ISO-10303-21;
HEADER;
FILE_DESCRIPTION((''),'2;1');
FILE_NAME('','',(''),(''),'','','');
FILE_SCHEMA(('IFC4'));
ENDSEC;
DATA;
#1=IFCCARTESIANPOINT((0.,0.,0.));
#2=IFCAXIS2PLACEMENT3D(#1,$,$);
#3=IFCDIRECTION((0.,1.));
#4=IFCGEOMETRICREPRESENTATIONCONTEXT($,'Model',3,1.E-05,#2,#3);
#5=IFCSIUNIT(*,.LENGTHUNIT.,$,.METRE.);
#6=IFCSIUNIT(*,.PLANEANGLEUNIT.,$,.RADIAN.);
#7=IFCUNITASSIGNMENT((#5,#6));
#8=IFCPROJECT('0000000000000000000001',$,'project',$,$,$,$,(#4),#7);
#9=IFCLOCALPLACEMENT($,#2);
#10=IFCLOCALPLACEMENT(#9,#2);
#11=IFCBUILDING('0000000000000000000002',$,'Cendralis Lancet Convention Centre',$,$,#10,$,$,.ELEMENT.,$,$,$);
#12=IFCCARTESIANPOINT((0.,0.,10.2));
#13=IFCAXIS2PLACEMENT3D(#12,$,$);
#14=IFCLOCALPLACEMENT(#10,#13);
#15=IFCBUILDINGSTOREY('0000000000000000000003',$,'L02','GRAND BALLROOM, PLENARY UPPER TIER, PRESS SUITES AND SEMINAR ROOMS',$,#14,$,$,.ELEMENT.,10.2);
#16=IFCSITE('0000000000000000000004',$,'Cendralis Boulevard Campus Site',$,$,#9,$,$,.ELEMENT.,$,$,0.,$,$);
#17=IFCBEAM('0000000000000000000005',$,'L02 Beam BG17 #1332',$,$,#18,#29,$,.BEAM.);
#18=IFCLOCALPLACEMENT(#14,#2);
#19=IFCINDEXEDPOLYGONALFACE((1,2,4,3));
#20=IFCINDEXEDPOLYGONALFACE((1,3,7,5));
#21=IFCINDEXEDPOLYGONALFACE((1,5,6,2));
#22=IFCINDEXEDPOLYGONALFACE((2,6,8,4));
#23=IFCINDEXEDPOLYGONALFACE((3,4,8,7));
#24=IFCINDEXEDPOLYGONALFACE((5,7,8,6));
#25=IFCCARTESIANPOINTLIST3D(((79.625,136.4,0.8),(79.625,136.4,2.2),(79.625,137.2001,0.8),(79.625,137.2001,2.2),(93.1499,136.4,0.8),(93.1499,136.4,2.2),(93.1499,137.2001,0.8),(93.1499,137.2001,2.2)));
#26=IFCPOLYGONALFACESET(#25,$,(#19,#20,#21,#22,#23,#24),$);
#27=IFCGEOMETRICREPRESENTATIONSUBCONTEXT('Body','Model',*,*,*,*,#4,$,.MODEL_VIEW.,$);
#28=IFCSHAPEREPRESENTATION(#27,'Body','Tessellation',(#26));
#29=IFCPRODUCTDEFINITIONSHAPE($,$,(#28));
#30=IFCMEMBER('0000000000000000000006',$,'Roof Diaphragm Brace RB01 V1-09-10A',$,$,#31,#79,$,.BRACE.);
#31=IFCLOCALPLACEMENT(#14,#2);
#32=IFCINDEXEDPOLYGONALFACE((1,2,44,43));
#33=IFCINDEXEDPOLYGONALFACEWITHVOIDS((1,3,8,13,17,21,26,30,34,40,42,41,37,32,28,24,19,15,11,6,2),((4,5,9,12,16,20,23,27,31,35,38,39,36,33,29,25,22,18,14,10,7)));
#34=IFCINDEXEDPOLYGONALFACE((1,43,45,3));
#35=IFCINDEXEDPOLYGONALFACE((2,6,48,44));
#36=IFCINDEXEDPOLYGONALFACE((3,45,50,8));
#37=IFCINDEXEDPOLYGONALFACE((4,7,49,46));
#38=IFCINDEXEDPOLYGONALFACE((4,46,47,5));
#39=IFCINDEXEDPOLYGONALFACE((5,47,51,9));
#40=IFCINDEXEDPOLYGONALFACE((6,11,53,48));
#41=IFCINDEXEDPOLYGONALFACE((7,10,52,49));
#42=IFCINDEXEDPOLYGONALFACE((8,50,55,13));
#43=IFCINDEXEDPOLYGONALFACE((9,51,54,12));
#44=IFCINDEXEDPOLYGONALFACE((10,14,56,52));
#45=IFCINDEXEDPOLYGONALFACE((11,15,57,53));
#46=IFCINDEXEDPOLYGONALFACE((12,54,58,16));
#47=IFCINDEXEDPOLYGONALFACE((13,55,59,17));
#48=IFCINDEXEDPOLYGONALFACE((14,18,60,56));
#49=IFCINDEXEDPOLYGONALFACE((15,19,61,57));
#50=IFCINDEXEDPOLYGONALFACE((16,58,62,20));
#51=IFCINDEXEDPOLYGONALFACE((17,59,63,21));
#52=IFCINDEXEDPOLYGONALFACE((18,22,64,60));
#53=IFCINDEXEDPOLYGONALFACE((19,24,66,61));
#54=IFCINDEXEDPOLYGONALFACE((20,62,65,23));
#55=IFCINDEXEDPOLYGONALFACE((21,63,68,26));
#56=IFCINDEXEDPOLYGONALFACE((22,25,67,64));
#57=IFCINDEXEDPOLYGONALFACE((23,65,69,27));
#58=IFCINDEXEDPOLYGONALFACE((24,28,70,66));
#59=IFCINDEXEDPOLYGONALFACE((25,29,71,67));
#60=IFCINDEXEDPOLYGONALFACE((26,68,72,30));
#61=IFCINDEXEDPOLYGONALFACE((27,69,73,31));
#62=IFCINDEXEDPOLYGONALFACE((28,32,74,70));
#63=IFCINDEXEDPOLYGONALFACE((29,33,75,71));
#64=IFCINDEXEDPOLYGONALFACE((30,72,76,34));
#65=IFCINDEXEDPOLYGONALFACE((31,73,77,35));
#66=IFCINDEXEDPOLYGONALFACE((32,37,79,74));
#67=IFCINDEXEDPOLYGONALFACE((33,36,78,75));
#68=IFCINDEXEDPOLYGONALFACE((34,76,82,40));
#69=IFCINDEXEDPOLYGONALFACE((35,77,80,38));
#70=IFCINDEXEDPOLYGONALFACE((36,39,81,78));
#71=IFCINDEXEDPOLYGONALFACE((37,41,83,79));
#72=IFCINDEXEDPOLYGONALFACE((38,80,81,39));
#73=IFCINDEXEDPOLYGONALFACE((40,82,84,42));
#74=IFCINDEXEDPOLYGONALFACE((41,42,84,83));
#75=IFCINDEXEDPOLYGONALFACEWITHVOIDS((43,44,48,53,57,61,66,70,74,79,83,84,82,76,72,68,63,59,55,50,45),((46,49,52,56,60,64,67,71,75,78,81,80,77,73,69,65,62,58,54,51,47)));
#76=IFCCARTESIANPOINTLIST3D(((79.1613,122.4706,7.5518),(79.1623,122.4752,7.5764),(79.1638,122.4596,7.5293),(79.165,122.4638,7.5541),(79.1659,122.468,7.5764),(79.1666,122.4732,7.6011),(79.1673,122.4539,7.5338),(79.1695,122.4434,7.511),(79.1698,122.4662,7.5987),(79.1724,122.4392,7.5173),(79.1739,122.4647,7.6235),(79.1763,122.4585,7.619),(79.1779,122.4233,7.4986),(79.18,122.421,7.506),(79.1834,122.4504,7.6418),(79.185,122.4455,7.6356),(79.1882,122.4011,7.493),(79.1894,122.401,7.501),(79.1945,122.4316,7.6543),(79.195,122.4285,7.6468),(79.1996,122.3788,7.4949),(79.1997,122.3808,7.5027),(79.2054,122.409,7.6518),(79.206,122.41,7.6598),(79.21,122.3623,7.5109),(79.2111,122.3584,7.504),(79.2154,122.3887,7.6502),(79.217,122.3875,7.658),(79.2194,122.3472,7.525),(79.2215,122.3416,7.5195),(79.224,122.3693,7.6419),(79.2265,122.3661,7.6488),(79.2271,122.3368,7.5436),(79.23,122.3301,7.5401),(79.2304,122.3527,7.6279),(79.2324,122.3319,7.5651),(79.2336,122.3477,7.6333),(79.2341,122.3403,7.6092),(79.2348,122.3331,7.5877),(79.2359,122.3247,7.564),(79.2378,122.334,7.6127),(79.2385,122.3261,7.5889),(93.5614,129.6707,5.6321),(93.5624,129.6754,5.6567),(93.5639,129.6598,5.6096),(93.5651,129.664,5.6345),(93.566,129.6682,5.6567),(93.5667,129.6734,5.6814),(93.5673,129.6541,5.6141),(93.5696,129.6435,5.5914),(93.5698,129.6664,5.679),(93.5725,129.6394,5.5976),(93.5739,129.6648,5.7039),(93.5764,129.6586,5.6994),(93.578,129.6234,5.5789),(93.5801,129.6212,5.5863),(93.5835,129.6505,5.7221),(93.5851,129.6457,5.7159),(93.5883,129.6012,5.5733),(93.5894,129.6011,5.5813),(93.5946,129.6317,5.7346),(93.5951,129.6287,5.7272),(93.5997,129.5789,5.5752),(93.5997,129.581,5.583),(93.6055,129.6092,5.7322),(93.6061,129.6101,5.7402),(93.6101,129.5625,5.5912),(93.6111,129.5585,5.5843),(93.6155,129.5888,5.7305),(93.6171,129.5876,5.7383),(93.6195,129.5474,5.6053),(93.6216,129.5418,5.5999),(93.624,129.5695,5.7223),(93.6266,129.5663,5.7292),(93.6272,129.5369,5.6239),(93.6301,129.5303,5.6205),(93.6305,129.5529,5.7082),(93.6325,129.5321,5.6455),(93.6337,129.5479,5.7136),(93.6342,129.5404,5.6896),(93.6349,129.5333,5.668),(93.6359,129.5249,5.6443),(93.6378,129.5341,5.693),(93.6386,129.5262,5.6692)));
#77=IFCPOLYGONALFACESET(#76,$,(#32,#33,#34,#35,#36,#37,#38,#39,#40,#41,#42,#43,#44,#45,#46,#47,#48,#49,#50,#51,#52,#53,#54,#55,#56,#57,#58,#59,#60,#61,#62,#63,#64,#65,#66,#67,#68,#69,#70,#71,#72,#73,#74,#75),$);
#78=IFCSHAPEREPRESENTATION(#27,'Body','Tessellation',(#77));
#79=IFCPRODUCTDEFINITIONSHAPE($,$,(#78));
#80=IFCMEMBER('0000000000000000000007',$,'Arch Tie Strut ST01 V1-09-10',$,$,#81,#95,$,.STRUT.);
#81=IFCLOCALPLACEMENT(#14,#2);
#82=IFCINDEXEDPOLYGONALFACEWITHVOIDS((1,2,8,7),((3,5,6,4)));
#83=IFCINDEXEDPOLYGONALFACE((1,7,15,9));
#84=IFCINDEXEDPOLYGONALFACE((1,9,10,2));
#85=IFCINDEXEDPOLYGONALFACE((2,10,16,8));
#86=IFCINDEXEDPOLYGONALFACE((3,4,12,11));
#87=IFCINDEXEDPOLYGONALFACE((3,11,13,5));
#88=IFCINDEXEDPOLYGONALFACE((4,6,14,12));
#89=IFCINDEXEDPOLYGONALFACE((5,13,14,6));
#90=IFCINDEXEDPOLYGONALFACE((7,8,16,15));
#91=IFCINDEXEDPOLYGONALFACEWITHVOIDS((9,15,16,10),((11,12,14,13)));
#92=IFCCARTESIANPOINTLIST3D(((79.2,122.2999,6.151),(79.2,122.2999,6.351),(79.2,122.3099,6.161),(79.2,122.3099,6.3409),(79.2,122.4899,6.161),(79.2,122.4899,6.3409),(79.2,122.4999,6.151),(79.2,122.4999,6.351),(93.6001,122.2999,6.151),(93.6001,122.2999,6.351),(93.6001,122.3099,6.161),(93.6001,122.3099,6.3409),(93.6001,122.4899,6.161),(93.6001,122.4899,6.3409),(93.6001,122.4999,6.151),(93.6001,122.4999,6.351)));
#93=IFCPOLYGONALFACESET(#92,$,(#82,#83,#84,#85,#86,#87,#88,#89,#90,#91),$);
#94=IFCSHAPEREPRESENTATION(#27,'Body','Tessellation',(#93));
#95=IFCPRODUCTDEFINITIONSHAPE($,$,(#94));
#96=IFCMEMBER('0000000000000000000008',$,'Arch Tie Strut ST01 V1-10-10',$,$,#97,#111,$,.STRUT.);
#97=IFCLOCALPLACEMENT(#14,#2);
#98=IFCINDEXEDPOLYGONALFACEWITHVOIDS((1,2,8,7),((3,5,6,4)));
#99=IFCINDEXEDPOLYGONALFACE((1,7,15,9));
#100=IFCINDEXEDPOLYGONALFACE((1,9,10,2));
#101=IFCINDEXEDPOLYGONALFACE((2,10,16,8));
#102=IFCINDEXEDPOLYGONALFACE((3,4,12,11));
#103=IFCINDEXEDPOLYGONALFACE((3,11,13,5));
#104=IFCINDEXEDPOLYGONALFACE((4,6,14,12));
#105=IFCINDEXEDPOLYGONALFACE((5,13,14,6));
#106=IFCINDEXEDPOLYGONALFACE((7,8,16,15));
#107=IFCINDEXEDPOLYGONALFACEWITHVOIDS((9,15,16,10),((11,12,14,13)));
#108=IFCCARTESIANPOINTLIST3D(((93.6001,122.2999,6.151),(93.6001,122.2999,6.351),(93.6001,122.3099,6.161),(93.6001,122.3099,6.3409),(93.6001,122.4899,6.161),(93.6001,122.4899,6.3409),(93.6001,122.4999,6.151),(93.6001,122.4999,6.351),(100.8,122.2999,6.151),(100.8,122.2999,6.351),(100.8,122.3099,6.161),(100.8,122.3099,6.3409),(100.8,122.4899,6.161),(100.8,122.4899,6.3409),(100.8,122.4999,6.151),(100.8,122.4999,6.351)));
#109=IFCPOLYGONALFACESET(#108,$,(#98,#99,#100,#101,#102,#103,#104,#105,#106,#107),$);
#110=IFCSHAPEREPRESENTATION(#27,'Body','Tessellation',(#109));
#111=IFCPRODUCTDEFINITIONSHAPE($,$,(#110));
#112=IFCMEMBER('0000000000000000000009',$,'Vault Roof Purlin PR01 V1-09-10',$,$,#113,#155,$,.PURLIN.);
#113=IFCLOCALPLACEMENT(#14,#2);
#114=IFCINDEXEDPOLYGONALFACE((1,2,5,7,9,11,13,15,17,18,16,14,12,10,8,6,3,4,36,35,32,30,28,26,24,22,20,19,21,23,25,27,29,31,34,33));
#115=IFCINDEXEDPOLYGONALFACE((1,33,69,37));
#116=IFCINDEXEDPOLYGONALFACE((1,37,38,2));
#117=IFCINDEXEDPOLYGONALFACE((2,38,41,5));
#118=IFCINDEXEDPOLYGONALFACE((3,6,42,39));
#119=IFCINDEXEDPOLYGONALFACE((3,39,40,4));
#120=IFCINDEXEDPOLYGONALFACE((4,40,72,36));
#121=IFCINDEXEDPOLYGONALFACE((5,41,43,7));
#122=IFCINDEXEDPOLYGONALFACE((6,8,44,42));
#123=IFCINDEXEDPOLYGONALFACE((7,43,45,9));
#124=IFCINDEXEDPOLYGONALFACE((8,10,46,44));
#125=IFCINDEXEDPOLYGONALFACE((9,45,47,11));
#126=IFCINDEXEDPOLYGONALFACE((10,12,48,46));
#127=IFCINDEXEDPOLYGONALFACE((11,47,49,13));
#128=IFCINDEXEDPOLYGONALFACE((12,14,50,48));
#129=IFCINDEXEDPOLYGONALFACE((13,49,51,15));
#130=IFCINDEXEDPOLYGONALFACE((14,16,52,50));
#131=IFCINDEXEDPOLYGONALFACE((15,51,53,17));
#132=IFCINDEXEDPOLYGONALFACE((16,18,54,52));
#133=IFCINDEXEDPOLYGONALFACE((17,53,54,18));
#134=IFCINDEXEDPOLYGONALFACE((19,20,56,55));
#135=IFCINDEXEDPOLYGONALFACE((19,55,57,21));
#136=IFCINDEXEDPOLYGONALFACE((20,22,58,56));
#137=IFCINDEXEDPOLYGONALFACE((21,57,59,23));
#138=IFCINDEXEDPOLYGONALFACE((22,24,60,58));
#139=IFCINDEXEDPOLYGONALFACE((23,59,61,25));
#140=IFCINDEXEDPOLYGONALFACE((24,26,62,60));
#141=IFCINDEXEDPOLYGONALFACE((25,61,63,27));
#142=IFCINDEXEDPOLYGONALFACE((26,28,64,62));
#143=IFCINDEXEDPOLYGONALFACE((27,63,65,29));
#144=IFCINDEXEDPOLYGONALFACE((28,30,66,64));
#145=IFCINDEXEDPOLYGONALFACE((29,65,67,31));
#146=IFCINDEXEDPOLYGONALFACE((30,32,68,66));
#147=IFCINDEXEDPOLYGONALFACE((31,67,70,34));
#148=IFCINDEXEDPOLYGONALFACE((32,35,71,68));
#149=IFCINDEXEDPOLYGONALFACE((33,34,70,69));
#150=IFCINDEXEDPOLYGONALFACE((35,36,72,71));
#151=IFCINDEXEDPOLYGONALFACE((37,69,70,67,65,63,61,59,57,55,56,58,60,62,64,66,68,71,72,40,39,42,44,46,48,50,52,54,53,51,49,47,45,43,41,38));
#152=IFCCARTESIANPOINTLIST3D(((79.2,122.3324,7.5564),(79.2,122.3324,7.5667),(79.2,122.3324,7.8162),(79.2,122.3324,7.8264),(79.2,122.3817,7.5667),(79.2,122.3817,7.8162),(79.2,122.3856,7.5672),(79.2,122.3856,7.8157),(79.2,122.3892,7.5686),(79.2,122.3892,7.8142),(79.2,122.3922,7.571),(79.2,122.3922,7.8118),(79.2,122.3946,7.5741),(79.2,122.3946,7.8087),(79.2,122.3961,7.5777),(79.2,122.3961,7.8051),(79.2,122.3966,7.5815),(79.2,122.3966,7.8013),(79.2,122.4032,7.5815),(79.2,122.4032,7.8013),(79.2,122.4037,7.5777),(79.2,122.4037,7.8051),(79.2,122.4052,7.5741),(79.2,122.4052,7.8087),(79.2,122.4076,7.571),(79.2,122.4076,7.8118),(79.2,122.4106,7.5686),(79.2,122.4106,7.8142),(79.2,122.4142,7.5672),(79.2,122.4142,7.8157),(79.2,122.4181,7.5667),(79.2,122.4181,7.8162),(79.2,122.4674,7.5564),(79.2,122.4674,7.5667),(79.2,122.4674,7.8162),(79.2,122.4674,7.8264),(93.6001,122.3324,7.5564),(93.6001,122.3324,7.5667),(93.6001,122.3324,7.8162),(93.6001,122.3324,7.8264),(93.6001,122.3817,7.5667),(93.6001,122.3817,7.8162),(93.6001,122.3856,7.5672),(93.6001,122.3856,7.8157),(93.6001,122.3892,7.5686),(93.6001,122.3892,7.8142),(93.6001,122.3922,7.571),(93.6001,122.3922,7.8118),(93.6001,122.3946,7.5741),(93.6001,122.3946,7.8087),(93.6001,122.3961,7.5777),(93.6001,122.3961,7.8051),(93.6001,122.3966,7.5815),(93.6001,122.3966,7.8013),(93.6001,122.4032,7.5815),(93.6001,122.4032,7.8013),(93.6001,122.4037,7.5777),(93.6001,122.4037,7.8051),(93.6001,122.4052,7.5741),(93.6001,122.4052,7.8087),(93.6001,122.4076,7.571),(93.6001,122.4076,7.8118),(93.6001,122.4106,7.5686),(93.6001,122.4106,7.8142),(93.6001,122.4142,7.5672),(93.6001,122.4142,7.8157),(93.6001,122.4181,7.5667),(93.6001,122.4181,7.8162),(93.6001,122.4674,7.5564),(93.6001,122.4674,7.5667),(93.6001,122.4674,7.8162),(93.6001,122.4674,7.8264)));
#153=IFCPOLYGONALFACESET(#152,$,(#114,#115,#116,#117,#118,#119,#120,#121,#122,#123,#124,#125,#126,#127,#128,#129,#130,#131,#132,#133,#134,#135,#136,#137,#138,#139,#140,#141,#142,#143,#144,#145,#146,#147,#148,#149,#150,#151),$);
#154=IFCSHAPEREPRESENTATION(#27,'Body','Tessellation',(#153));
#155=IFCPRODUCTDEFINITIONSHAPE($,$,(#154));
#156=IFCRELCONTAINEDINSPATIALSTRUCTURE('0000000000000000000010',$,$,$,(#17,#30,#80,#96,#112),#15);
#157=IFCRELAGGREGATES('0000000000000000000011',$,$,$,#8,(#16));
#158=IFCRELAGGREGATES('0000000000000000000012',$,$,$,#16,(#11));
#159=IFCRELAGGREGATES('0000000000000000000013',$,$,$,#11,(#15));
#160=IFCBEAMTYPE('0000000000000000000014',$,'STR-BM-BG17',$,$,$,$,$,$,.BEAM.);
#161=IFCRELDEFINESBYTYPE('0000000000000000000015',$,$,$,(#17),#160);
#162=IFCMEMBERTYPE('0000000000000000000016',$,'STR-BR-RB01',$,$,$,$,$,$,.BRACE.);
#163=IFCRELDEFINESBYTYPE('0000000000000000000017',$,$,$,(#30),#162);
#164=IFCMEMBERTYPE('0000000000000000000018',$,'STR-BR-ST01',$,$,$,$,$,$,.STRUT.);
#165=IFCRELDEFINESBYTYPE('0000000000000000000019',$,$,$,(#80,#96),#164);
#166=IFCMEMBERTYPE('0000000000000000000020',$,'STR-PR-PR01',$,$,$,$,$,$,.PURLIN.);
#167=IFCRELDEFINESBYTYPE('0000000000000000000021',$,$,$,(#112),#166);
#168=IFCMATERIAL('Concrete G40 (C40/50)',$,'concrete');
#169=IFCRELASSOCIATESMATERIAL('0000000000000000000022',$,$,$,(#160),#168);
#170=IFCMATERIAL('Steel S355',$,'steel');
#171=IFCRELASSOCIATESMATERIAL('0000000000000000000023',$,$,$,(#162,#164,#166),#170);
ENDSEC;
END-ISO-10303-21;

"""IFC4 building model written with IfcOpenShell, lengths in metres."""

from ifc_helpers import new_model, si_unit, direction, frame, origin, origin_2d, place, context, subcontext, project, spatial, rectangle, hollow_rectangle, hollow_circle, i_section, extrude, material, material_profile, profile_set, type_object, element, save


model = new_model("IFC4")

# Units and contexts
model_context = context("Model", 3, precision=1e-05, world=origin(), true_north=direction((0.0, 1.0)))
body_context = subcontext(model_context, "Body", "Model", "MODEL_VIEW")
ifc_project = project(units=[si_unit("LENGTHUNIT", "METRE"), si_unit("PLANEANGLEUNIT", "RADIAN")], contexts=[model_context])

# Site, building, storey
site_placement = place(None, origin())
site = spatial("IfcSite", under=ifc_project, at=site_placement, Name="Cendralis Boulevard Campus Site", CompositionType="ELEMENT", RefElevation=0.0)
building_placement = place(site_placement, origin())
building = spatial("IfcBuilding", under=site, at=building_placement, Name="Cendralis Lancet Convention Centre", CompositionType="ELEMENT")
storey_placement = place(building_placement, frame((0.0, 0.0, 10.2)))
storey = spatial("IfcBuildingStorey", under=building, at=storey_placement, Name="L02", Description="GRAND BALLROOM, PLENARY UPPER TIER, PRESS SUITES AND SEMINAR ROOMS", CompositionType="ELEMENT", Elevation=10.2)

# Beam
ifc_material_1 = material(Name="Concrete G40 (C40/50)", Category="concrete")
ifc_material_profile_1 = material_profile(ifc_material_1, rectangle(XDim=0.8, YDim=1.3999, at=origin_2d()), Name="RCB 800x1400")
ifc_profile_set_1 = profile_set([ifc_material_profile_1], Name="Concrete G40 (C40/50)")
beam_type = type_object("IfcBeamType", Name="STR-BM-BG17", PredefinedType="BEAM", material=ifc_profile_set_1)
beam_placement = place(storey_placement, frame((79.625, 136.8, 1.5), z_axis=(1.0, 0.0, 0.0), x_axis=(0.0, 1.0, 0.0)))
element("IfcBeam", 1, at=beam_placement, inside=storey, type_object=beam_type, Name="L02 Beam BG17 #1332", PredefinedType="BEAM", context=body_context, shape_type="SweptSolid", body=[
    extrude(rectangle(XDim=0.8, YDim=1.3999, at=origin_2d()), origin(), (0.0, 0.0, 1.0), 13.5249),
])

# Members
ifc_material_2 = material(Name="Steel S355", Category="steel")
ifc_material_profile_2 = material_profile(ifc_material_2, hollow_circle(Radius=0.0842, WallThickness=0.0081, at=origin_2d()), Name="CHS 168.3x8.0")
ifc_profile_set_2 = profile_set([ifc_material_profile_2], Name="Steel S355")
member_type_1 = type_object("IfcMemberType", Name="STR-BR-RB01", PredefinedType="BRACE", material=ifc_profile_set_2)
member_1_placement = place(storey_placement, frame((79.2, 122.3999, 7.5764), z_axis=(0.888133, 0.444074, -0.118397), x_axis=(-0.44722, 0.894424, 0.0)))
element("IfcMember", 2, at=member_1_placement, inside=storey, type_object=member_type_1, Name="Roof Diaphragm Brace RB01 V1-09-10A", PredefinedType="BRACE", context=body_context, shape_type="SweptSolid", body=[
    extrude(hollow_circle(Radius=0.0842, WallThickness=0.0081, at=origin_2d()), origin(), (0.0, 0.0, 1.0), 16.2139),
])
ifc_material_profile_3 = material_profile(ifc_material_2, hollow_rectangle(XDim=0.2, YDim=0.2, WallThickness=0.01, at=origin_2d()), Name="SHS 200x200x10.0")
ifc_profile_set_3 = profile_set([ifc_material_profile_3], Name="Steel S355")
member_type_2 = type_object("IfcMemberType", Name="STR-BR-ST01", PredefinedType="STRUT", material=ifc_profile_set_3)
member_2_placement = place(storey_placement, frame((79.2, 122.3999, 6.251), z_axis=(1.0, 0.0, 0.0), x_axis=(0.0, 1.0, 0.0)))
element("IfcMember", 3, at=member_2_placement, inside=storey, type_object=member_type_2, Name="Arch Tie Strut ST01 V1-09-10", PredefinedType="STRUT", context=body_context, shape_type="SweptSolid", body=[
    extrude(hollow_rectangle(XDim=0.2, YDim=0.2, WallThickness=0.01, at=origin_2d()), origin(), (0.0, 0.0, 1.0), 14.4001),
])
member_3_placement = place(storey_placement, frame((93.6001, 122.3999, 6.251), z_axis=(1.0, 0.0, 0.0), x_axis=(0.0, 1.0, 0.0)))
element("IfcMember", 4, at=member_3_placement, inside=storey, type_object=member_type_2, Name="Arch Tie Strut ST01 V1-10-10", PredefinedType="STRUT", context=body_context, shape_type="SweptSolid", body=[
    extrude(hollow_rectangle(XDim=0.2, YDim=0.2, WallThickness=0.01, at=origin_2d()), origin(), (0.0, 0.0, 1.0), 7.2),
])
ifc_material_profile_4 = material_profile(ifc_material_2, i_section(OverallWidth=0.135, OverallDepth=0.27, WebThickness=0.0066, FlangeThickness=0.0103, FilletRadius=0.0149, at=origin_2d()), Name="IPE 270")
ifc_profile_set_4 = profile_set([ifc_material_profile_4], Name="Steel S355")
member_type_3 = type_object("IfcMemberType", Name="STR-PR-PR01", PredefinedType="PURLIN", material=ifc_profile_set_4)
for number, where, z_axis, x_axis, name in (
    (5, (79.2, 122.3999, 7.6914), (1.0, 0.0, 0.0), (0.0, 1.0, 0.0), "Vault Roof Purlin PR01 V1-09-10"),
):
    element("IfcMember", number, at=place(storey_placement, frame(where, z_axis=z_axis, x_axis=x_axis)), inside=storey, type_object=member_type_3, Name=name, PredefinedType="PURLIN", context=body_context, shape_type="SweptSolid", body=[
        extrude(i_section(OverallWidth=0.135, OverallDepth=0.27, WebThickness=0.0066, FlangeThickness=0.0103, FilletRadius=0.0149, at=origin_2d()), origin(), (0.0, 0.0, 1.0), 14.4001),
    ])

save(model, "model.ifc")
